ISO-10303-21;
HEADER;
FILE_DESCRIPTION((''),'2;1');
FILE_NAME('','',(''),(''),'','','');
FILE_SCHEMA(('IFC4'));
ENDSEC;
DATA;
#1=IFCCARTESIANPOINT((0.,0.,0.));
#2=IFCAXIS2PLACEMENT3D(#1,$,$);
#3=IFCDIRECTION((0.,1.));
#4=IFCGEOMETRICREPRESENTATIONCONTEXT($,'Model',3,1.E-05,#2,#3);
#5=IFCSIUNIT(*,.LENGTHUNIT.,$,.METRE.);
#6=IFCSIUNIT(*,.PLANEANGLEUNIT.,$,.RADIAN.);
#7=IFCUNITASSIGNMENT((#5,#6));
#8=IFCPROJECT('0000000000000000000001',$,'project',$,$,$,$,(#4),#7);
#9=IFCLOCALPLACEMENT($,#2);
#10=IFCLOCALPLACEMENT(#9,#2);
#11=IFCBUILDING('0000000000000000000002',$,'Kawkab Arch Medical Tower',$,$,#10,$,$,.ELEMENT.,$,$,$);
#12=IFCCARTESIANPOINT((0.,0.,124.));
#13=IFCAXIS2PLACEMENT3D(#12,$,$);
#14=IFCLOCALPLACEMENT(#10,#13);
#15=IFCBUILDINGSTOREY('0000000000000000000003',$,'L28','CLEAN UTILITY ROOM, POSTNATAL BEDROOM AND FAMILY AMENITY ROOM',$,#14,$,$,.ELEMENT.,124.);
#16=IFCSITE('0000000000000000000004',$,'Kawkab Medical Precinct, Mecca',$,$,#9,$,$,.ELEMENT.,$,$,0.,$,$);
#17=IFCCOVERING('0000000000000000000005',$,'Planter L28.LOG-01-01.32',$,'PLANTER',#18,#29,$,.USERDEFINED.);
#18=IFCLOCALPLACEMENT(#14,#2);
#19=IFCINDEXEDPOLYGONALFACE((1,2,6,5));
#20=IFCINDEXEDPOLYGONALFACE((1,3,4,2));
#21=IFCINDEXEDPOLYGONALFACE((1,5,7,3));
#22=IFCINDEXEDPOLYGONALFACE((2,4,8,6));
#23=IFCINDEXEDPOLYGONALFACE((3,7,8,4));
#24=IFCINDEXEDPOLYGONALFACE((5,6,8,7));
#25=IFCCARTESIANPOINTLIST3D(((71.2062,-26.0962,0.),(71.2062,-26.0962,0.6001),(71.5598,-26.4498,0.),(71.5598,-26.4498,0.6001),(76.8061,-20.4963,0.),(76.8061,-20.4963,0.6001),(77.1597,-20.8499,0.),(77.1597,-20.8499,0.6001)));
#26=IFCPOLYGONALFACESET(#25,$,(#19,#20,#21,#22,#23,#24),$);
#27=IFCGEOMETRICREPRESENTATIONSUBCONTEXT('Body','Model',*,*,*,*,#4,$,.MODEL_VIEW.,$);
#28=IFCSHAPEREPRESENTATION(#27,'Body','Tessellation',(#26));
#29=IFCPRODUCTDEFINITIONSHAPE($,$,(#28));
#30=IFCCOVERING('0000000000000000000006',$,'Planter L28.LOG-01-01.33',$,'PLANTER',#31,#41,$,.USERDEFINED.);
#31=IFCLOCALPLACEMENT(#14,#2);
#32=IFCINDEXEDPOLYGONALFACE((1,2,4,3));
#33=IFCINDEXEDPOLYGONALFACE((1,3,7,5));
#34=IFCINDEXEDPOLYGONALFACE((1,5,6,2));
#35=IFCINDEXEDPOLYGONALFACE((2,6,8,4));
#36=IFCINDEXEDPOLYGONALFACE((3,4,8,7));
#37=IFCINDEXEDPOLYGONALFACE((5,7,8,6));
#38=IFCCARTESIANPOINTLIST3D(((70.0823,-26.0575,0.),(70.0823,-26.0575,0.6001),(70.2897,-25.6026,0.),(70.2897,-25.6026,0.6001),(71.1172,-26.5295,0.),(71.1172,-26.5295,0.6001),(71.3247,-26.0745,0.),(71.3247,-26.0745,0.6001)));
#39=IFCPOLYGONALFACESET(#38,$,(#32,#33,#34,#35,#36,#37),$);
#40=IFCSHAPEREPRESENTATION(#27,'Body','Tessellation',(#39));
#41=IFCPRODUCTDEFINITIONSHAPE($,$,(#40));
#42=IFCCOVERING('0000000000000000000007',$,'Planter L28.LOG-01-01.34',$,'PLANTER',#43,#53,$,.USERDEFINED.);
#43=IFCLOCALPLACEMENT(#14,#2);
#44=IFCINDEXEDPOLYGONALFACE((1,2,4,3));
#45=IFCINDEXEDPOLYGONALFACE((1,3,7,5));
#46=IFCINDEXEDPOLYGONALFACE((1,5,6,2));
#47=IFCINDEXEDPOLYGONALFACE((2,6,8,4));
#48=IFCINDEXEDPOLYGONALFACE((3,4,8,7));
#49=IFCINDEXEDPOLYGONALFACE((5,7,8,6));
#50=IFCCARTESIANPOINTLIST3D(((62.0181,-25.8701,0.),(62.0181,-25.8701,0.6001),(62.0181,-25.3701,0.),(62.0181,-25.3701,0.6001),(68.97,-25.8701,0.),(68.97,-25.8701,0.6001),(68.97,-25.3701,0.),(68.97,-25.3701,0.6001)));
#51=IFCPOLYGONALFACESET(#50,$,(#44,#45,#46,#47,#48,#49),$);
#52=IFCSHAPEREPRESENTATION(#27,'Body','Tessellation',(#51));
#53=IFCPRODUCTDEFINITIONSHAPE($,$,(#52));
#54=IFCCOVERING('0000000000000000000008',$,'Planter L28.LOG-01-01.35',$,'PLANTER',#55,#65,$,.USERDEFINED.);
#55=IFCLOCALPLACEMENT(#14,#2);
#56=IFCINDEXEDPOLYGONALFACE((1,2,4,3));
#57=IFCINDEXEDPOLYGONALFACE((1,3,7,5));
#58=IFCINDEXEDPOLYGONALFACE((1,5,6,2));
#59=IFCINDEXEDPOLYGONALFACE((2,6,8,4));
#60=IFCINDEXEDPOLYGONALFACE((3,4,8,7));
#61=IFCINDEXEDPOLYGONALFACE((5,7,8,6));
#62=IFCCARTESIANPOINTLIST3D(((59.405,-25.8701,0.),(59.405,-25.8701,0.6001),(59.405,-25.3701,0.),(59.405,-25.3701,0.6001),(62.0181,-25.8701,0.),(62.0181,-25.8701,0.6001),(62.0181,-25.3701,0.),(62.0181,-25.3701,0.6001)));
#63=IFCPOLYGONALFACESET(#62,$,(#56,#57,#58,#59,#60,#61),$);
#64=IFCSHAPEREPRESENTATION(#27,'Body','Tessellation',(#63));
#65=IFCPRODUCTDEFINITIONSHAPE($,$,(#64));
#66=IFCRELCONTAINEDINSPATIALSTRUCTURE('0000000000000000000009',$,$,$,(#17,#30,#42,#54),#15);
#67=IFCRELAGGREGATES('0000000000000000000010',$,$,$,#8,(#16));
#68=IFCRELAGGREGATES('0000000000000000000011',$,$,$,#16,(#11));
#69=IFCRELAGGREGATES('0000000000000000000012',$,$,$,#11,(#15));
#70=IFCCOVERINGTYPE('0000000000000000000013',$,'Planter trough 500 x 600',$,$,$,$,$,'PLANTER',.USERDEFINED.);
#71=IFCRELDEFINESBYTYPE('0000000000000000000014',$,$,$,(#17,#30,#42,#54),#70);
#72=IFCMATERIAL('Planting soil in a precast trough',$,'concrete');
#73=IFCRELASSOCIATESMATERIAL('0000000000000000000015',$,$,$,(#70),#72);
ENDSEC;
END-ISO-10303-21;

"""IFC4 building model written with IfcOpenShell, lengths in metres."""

from ifc_helpers import new_model, si_unit, direction, frame, origin, origin_2d, place, context, subcontext, project, spatial, rectangle, extrude, material, material_profile, profile_set, type_object, element, save


model = new_model("IFC4")

# Units and contexts
model_context = context("Model", 3, precision=1e-05, world=origin(), true_north=direction((0.0, 1.0)))
body_context = subcontext(model_context, "Body", "Model", "MODEL_VIEW")
ifc_project = project(units=[si_unit("LENGTHUNIT", "METRE"), si_unit("PLANEANGLEUNIT", "RADIAN")], contexts=[model_context])

# Site, building, storey
site_placement = place(None, origin())
site = spatial("IfcSite", under=ifc_project, at=site_placement, Name="Kawkab Medical Precinct, Mecca", CompositionType="ELEMENT", RefElevation=0.0)
building_placement = place(site_placement, origin())
building = spatial("IfcBuilding", under=site, at=building_placement, Name="Kawkab Arch Medical Tower", CompositionType="ELEMENT")
storey_placement = place(building_placement, frame((0.0, 0.0, 124.0)))
storey = spatial("IfcBuildingStorey", under=building, at=storey_placement, Name="L28", Description="CLEAN UTILITY ROOM, POSTNATAL BEDROOM AND FAMILY AMENITY ROOM", CompositionType="ELEMENT", Elevation=124.0)

# Coverings
ifc_material_1 = material(Name="Planting soil in a precast trough", Category="concrete")
ifc_material_profile_1 = material_profile(ifc_material_1, rectangle(XDim=0.5, YDim=0.6001, at=origin_2d()), Name="Trough 500x600")
ifc_profile_set_1 = profile_set([ifc_material_profile_1], Name="Planting soil in a precast trough")
covering_type_1 = type_object("IfcCoveringType", Name="Planter trough 500 x 600", ElementType="PLANTER", PredefinedType="USERDEFINED", material=ifc_profile_set_1)
covering_1_placement = place(storey_placement, frame((76.9829, -20.6731, 0.3), z_axis=(-0.707107, -0.707107, 0.0), x_axis=(0.707107, -0.707107, 0.0)))
element("IfcCovering", 1, at=covering_1_placement, inside=storey, type_object=covering_type_1, Name="Planter L28.LOG-01-01.32", ObjectType="PLANTER", PredefinedType="USERDEFINED", context=body_context, shape_type="SweptSolid", body=[
    extrude(rectangle(XDim=0.5, YDim=0.6001, at=origin_2d()), origin(), (0.0, 0.0, 1.0), 7.9194),
])
covering_2_placement = place(storey_placement, frame((71.2209, -26.302, 0.3), z_axis=(-0.909866, 0.414902, 0.0), x_axis=(-0.414902, -0.909866, 0.0)))
element("IfcCovering", 2, at=covering_2_placement, inside=storey, type_object=covering_type_1, Name="Planter L28.LOG-01-01.33", ObjectType="PLANTER", PredefinedType="USERDEFINED", context=body_context, shape_type="SweptSolid", body=[
    extrude(rectangle(XDim=0.5, YDim=0.6001, at=origin_2d()), origin(), (0.0, 0.0, 1.0), 1.1375),
])
covering_3_placement = place(storey_placement, frame((68.97, -25.6201, 0.3), z_axis=(-1.0, 0.0, 0.0), x_axis=(0.0, -1.0, 0.0)))
element("IfcCovering", 3, at=covering_3_placement, inside=storey, type_object=covering_type_1, Name="Planter L28.LOG-01-01.34", ObjectType="PLANTER", PredefinedType="USERDEFINED", context=body_context, shape_type="SweptSolid", body=[
    extrude(rectangle(XDim=0.5, YDim=0.6001, at=origin_2d()), origin(), (0.0, 0.0, 1.0), 6.9519),
])
covering_4_placement = place(storey_placement, frame((62.0181, -25.6201, 0.3), z_axis=(-1.0, 0.0, 0.0), x_axis=(0.0, -1.0, 0.0)))
element("IfcCovering", 4, at=covering_4_placement, inside=storey, type_object=covering_type_1, Name="Planter L28.LOG-01-01.35", ObjectType="PLANTER", PredefinedType="USERDEFINED", context=body_context, shape_type="SweptSolid", body=[
    extrude(rectangle(XDim=0.5, YDim=0.6001, at=origin_2d()), origin(), (0.0, 0.0, 1.0), 2.613),
])

save(model, "model.ifc")
